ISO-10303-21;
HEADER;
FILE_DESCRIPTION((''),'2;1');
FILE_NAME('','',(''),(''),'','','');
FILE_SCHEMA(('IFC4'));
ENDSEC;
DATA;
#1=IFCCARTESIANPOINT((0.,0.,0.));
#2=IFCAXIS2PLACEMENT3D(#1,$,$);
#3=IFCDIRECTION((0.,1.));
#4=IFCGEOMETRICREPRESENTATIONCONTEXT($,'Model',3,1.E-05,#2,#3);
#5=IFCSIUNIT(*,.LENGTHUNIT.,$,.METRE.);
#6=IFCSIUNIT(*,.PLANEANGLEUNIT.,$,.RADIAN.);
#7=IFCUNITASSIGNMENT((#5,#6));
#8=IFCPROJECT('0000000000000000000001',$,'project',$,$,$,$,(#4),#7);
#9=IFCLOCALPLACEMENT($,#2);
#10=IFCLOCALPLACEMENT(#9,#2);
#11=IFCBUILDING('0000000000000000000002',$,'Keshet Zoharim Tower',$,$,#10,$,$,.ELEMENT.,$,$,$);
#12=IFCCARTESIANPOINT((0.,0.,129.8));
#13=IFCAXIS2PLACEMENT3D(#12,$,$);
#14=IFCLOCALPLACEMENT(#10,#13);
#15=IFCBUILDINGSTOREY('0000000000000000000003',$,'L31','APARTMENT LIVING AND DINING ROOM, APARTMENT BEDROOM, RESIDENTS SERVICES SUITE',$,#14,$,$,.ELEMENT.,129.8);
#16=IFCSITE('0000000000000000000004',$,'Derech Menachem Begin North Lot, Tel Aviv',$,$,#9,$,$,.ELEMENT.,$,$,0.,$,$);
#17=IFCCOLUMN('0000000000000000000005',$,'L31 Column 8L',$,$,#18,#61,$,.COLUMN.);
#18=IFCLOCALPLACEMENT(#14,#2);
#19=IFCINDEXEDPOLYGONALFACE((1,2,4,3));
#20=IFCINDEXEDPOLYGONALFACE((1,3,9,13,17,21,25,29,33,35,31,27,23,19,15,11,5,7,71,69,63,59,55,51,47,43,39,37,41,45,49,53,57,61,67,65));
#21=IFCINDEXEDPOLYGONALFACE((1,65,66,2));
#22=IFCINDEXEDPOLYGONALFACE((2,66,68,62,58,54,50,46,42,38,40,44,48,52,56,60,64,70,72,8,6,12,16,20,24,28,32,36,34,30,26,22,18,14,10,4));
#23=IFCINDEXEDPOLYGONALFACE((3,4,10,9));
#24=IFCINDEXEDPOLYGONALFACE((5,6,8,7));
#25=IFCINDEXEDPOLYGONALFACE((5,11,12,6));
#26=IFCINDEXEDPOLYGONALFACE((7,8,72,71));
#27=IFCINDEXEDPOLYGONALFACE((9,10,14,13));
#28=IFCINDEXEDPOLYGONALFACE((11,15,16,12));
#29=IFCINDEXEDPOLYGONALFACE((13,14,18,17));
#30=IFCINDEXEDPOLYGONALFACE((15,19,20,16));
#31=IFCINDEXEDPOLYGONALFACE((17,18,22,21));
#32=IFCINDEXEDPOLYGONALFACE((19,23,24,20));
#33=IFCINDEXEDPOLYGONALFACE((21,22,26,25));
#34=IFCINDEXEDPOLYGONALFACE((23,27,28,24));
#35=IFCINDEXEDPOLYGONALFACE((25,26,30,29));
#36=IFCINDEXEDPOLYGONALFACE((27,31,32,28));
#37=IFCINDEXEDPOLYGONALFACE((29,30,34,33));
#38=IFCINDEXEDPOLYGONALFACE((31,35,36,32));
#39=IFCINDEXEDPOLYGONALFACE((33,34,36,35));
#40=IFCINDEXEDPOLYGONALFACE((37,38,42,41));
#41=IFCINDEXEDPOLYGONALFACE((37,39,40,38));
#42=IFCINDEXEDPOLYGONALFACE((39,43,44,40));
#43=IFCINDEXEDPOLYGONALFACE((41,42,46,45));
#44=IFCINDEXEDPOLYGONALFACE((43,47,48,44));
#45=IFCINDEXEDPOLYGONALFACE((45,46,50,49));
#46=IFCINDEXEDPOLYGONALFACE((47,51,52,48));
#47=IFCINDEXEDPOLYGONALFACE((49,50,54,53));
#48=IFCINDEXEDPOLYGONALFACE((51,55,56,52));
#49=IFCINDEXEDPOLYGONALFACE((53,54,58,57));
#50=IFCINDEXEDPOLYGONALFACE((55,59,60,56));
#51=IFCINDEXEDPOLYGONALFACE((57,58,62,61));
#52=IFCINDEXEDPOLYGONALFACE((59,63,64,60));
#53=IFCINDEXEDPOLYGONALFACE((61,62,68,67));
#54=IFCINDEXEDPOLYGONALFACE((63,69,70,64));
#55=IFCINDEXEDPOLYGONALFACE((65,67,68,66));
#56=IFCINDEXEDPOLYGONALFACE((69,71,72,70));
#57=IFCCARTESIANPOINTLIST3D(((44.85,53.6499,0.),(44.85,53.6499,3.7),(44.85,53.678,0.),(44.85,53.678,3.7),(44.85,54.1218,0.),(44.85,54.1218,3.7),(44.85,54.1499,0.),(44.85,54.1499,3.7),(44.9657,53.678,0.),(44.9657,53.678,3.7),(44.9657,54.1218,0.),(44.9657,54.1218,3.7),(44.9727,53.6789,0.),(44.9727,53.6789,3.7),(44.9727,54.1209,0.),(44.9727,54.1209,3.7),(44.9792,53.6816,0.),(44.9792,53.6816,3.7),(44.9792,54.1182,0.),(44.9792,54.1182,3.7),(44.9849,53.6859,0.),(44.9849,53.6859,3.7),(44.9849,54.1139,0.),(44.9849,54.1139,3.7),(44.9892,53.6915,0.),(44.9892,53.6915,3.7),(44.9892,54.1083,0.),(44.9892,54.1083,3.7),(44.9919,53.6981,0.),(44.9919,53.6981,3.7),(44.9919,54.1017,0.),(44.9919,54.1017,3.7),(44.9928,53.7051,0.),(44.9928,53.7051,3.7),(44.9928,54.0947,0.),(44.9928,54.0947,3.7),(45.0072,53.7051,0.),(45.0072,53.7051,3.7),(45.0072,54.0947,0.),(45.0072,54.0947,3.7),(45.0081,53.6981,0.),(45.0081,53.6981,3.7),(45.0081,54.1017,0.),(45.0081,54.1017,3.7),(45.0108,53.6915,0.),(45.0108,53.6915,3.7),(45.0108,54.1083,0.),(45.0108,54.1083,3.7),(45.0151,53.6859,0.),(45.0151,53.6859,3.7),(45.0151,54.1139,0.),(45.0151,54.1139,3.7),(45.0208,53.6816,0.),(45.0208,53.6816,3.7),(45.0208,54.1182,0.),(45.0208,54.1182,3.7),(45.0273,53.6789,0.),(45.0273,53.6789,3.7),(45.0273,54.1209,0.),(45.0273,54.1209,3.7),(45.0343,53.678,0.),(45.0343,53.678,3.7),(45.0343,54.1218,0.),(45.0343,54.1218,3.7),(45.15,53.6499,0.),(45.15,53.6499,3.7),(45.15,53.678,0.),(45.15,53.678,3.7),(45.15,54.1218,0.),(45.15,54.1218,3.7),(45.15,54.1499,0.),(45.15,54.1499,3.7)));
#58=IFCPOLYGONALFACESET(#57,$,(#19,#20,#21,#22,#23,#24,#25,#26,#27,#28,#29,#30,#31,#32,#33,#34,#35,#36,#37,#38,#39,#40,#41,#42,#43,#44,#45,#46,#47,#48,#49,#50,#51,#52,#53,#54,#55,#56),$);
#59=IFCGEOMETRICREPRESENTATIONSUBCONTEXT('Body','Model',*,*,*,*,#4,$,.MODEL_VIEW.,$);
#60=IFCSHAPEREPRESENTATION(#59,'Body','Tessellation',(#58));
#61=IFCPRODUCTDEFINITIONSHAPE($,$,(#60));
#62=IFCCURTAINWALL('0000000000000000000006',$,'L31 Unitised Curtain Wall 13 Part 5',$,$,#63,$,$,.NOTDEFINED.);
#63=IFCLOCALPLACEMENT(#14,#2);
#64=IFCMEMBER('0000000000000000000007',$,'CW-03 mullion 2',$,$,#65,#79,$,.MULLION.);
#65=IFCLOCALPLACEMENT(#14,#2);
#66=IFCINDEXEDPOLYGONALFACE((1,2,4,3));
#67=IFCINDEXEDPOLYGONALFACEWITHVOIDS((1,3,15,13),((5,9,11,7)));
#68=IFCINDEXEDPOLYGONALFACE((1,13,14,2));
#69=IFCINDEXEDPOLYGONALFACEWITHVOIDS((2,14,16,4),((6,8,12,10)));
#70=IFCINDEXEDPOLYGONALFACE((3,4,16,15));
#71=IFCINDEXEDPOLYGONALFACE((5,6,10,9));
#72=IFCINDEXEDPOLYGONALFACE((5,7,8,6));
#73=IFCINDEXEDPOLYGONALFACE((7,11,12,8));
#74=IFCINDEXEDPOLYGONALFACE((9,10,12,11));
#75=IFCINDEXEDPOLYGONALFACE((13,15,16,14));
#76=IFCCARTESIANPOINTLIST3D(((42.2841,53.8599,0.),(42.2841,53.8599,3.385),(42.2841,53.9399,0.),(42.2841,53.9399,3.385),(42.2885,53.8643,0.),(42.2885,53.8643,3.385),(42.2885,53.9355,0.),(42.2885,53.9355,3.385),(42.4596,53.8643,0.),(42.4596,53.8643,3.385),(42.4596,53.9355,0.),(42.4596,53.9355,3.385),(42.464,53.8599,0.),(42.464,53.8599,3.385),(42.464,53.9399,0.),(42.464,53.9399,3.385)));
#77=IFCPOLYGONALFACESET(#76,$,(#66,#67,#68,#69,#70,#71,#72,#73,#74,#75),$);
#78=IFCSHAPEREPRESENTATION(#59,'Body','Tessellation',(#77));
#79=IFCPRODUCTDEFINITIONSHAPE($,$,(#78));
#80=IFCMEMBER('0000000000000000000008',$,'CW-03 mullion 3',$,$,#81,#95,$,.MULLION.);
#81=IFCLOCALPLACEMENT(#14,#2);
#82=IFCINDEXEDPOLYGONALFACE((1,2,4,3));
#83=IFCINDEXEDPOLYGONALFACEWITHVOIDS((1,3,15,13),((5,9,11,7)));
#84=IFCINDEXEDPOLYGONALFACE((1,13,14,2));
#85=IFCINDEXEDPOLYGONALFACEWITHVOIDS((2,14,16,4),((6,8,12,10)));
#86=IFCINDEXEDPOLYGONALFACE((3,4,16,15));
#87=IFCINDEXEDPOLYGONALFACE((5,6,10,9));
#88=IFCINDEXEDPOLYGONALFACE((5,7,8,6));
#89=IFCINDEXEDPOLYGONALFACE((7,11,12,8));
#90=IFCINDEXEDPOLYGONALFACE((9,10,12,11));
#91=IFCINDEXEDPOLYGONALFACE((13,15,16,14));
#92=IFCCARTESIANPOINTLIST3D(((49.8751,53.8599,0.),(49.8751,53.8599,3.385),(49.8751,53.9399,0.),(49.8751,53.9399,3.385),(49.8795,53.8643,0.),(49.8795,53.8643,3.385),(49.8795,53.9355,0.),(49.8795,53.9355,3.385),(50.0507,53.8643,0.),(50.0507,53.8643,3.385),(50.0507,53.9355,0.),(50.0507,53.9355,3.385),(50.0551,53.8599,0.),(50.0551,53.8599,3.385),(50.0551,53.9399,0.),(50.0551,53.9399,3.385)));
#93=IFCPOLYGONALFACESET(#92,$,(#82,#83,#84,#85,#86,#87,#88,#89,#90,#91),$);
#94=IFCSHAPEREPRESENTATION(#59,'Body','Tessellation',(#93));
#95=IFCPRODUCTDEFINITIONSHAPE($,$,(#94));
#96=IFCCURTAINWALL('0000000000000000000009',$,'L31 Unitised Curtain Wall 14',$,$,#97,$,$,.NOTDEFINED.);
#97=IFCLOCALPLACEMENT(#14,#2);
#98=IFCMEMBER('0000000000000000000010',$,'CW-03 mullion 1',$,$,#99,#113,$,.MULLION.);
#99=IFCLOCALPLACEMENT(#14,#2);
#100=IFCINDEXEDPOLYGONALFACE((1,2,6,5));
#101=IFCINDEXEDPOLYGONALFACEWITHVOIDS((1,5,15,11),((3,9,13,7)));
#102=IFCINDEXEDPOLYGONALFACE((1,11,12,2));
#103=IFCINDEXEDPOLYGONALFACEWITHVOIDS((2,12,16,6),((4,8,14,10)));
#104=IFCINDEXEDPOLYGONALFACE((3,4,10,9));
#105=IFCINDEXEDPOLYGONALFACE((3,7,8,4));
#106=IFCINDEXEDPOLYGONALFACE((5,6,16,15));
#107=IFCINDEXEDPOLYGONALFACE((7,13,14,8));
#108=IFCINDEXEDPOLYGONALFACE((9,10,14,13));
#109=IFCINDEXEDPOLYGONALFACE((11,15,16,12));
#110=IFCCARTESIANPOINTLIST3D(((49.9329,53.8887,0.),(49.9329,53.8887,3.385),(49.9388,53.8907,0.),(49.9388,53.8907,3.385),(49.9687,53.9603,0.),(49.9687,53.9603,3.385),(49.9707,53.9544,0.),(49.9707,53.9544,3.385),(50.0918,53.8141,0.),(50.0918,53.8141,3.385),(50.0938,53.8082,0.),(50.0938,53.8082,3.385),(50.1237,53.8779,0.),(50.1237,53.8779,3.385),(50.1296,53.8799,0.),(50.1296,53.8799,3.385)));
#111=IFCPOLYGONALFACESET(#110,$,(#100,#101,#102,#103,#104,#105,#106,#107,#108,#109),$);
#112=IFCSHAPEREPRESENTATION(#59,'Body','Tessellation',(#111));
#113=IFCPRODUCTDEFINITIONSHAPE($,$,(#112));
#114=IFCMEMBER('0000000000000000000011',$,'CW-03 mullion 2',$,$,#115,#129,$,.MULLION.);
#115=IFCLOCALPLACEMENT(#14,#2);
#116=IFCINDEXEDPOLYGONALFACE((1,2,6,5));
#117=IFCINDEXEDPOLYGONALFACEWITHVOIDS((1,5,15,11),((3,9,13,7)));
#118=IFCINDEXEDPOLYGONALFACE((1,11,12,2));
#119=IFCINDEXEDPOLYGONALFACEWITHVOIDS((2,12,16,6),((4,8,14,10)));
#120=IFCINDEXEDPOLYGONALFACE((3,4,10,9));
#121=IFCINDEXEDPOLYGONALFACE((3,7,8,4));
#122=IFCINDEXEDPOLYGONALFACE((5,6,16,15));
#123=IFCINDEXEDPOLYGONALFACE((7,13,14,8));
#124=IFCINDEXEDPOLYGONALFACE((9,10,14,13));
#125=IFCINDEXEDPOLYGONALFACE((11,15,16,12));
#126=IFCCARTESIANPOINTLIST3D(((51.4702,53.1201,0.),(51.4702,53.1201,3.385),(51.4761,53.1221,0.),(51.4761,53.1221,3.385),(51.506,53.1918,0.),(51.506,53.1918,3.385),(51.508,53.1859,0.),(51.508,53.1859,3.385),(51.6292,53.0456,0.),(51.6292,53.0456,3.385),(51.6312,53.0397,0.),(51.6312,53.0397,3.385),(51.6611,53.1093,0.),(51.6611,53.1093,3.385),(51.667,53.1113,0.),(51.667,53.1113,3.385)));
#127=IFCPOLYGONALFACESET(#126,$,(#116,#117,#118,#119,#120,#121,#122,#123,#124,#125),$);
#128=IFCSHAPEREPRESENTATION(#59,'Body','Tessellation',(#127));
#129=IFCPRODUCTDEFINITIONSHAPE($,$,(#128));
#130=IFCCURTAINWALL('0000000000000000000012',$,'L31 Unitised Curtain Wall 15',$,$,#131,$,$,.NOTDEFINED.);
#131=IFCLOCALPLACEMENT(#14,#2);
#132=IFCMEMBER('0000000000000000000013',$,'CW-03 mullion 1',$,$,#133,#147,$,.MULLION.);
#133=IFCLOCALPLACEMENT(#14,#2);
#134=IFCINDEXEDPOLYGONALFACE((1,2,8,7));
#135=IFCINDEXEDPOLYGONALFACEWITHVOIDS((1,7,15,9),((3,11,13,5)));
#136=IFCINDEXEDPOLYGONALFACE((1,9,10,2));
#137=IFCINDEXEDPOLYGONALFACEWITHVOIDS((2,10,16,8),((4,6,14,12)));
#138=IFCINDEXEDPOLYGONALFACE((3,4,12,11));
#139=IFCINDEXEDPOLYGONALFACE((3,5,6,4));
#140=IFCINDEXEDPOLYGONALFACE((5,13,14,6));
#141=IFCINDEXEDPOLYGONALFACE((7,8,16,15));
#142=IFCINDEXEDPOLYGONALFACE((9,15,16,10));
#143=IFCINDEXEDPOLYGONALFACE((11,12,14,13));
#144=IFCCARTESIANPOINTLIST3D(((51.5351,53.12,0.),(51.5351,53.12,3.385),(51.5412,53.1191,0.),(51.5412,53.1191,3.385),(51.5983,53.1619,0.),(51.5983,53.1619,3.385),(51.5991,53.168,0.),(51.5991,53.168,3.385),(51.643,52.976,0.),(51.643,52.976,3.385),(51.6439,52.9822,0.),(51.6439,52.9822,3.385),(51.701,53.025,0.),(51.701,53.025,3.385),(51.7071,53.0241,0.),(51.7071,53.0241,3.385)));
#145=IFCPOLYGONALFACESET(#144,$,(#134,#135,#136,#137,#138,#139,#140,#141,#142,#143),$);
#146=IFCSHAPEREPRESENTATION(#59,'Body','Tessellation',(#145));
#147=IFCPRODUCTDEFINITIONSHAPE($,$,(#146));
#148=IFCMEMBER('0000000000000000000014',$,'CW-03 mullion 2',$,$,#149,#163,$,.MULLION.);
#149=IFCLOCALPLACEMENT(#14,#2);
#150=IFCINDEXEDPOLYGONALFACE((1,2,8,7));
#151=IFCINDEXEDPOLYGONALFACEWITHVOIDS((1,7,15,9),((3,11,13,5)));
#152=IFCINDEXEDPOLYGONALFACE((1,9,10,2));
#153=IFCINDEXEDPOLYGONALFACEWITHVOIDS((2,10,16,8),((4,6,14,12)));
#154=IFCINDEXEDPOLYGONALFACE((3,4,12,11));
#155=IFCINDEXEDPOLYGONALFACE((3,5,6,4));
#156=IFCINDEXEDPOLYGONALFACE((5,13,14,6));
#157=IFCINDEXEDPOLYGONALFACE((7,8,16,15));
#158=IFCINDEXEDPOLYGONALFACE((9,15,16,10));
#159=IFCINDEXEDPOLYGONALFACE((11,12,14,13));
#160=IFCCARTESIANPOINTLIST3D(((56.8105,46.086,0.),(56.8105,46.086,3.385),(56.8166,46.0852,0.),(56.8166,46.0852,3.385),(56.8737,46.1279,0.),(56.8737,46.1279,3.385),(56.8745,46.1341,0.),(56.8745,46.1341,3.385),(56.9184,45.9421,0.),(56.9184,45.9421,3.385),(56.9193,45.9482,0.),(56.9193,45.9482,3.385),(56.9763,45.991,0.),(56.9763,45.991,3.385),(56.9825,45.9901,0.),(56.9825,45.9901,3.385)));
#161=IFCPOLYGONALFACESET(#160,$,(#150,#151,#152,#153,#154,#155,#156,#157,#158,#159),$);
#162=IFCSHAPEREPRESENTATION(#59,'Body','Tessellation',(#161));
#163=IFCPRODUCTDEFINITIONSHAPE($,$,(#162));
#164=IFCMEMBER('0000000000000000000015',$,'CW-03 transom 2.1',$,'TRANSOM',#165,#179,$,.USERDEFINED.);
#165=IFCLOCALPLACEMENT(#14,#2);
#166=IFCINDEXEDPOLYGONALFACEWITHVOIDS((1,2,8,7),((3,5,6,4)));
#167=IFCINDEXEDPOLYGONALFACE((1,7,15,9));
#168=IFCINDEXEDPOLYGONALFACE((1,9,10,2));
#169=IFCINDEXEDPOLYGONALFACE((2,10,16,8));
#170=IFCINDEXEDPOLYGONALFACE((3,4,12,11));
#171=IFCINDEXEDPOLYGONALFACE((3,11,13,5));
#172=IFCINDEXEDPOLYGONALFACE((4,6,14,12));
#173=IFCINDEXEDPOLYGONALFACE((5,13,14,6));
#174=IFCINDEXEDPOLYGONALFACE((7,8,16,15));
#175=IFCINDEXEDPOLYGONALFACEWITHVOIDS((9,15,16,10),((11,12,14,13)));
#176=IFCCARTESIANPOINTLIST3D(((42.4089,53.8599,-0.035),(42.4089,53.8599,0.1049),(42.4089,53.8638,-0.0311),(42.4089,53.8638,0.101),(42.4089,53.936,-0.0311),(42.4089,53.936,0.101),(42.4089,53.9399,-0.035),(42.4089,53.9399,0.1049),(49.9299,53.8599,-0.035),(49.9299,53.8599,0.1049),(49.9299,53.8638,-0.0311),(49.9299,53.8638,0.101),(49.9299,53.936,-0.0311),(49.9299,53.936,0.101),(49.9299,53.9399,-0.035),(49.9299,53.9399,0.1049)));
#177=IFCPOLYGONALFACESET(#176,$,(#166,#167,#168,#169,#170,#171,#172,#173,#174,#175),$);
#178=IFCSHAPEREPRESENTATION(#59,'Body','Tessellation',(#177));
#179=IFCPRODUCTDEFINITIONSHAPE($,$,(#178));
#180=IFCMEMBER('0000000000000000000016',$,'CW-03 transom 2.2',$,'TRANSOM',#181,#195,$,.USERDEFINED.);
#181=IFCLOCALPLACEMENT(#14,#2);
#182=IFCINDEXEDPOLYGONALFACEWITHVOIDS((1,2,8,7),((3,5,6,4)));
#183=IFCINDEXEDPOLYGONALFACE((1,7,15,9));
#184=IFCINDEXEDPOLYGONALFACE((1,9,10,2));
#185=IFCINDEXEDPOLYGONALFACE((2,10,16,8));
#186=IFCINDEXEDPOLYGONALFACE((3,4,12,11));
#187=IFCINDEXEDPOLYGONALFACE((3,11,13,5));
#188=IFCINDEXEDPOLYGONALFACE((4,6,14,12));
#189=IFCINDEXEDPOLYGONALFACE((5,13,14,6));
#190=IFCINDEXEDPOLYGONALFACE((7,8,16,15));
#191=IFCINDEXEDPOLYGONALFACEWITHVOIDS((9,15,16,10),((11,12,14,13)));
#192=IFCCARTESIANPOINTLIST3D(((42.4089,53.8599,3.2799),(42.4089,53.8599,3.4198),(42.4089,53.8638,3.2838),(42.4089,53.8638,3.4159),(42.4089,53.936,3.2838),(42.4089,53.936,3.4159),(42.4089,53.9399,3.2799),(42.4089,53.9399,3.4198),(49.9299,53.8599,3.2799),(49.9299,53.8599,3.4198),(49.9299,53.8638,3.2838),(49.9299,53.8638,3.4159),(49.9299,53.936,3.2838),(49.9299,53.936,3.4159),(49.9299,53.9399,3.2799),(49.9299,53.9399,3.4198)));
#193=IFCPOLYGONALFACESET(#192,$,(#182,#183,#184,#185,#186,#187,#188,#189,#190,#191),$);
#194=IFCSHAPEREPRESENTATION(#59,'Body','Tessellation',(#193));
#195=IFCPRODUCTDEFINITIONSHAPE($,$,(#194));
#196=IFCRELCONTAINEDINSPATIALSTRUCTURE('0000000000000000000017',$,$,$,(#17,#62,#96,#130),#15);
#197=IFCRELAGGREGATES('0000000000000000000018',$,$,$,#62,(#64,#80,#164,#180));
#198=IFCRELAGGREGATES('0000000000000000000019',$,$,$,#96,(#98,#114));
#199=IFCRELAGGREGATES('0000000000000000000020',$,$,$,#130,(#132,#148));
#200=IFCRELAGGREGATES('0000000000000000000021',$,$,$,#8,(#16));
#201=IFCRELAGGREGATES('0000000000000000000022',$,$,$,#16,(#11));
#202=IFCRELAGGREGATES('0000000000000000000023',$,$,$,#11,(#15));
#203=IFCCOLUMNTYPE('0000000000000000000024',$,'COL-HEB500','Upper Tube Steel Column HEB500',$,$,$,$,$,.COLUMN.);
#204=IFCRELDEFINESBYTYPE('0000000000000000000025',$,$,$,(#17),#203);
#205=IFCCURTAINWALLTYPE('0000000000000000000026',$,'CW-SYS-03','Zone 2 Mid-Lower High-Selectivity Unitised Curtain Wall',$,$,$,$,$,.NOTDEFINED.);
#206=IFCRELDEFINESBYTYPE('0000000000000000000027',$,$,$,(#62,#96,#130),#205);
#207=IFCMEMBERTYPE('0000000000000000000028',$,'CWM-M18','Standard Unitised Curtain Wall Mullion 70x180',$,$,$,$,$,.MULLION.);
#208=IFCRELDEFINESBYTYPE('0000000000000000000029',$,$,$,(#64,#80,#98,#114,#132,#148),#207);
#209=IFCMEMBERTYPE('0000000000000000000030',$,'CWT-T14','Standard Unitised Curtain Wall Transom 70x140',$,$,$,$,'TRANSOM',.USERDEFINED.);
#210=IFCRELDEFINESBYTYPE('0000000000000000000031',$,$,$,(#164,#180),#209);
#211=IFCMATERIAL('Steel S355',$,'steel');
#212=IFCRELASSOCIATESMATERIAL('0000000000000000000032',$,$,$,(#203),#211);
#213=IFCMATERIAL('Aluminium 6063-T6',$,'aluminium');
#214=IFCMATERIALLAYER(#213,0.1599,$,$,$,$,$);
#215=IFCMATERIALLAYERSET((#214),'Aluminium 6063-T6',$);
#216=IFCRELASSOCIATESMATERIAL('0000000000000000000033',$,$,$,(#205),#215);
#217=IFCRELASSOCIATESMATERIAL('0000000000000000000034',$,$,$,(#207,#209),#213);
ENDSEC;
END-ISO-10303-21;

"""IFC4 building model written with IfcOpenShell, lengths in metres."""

from ifc_helpers import new_model, si_unit, direction, frame, origin, origin_2d, place, context, subcontext, project, spatial, hollow_rectangle, i_section, extrude, material, layer, layer_set, material_profile, profile_set, type_object, element, aggregate, save


model = new_model("IFC4")

# Units and contexts
model_context = context("Model", 3, precision=1e-05, world=origin(), true_north=direction((0.0, 1.0)))
body_context = subcontext(model_context, "Body", "Model", "MODEL_VIEW")
ifc_project = project(units=[si_unit("LENGTHUNIT", "METRE"), si_unit("PLANEANGLEUNIT", "RADIAN")], contexts=[model_context])

# Site, building, storey
site_placement = place(None, origin())
site = spatial("IfcSite", under=ifc_project, at=site_placement, Name="Derech Menachem Begin North Lot, Tel Aviv", CompositionType="ELEMENT", RefElevation=0.0)
building_placement = place(site_placement, origin())
building = spatial("IfcBuilding", under=site, at=building_placement, Name="Keshet Zoharim Tower", CompositionType="ELEMENT")
storey_placement = place(building_placement, frame((0.0, 0.0, 129.8)))
storey = spatial("IfcBuildingStorey", under=building, at=storey_placement, Name="L31", Description="APARTMENT LIVING AND DINING ROOM, APARTMENT BEDROOM, RESIDENTS SERVICES SUITE", CompositionType="ELEMENT", Elevation=129.8)

# Column
ifc_material_1 = material(Name="Steel S355", Category="steel")
ifc_material_profile_1 = material_profile(ifc_material_1, i_section(OverallWidth=0.3, OverallDepth=0.5, WebThickness=0.0144, FlangeThickness=0.0281, FilletRadius=0.0271, at=origin_2d()), Name="HEB500")
ifc_profile_set_1 = profile_set([ifc_material_profile_1], Name="Steel S355")
column_type = type_object("IfcColumnType", Name="COL-HEB500", Description="Upper Tube Steel Column HEB500", PredefinedType="COLUMN", material=ifc_profile_set_1)
column_placement = place(storey_placement, frame((45.0, 53.8999, 0.0), z_axis=(0.0, 0.0, 1.0), x_axis=(1.0, 0.0, 0.0)))
element("IfcColumn", 1, at=column_placement, inside=storey, type_object=column_type, Name="L31 Column 8L", PredefinedType="COLUMN", context=body_context, shape_type="SweptSolid", body=[
    extrude(i_section(OverallWidth=0.3, OverallDepth=0.5, WebThickness=0.0144, FlangeThickness=0.0281, FilletRadius=0.0271, at=origin_2d()), origin(), (0.0, 0.0, 1.0), 3.7),
])

# Curtain walls, members
ifc_material_2 = material(Name="Aluminium 6063-T6", Category="aluminium")
ifc_layer_1 = layer(ifc_material_2, 0.1599)
ifc_layer_set_1 = layer_set([ifc_layer_1], Name="Aluminium 6063-T6")
curtain_wall_type = type_object("IfcCurtainWallType", Name="CW-SYS-03", Description="Zone 2 Mid-Lower High-Selectivity Unitised Curtain Wall", PredefinedType="NOTDEFINED", material=ifc_layer_set_1)
curtain_wall_1_placement = place(storey_placement, origin())
curtain_wall_1 = element("IfcCurtainWall", 2, at=curtain_wall_1_placement, inside=storey, type_object=curtain_wall_type, Name="L31 Unitised Curtain Wall 13 Part 5", PredefinedType="NOTDEFINED")
ifc_material_profile_2 = material_profile(ifc_material_2, hollow_rectangle(XDim=0.0801, YDim=0.1799, WallThickness=0.0044, at=origin_2d()), Name="MUL-80x180")
ifc_profile_set_2 = profile_set([ifc_material_profile_2], Name="Aluminium 6063-T6")
member_type_1 = type_object("IfcMemberType", Name="CWM-M18", Description="Standard Unitised Curtain Wall Mullion 70x180", PredefinedType="MULLION", material=ifc_profile_set_2)
member_1_placement = place(storey_placement, frame((42.374, 53.8999, 0.0), z_axis=(0.0, 0.0, 1.0), x_axis=(0.0, 1.0, 0.0)))
member_1 = element("IfcMember", 3, at=member_1_placement, type_object=member_type_1, Name="CW-03 mullion 2", PredefinedType="MULLION", context=body_context, shape_type="SweptSolid", body=[
    extrude(hollow_rectangle(XDim=0.0801, YDim=0.1799, WallThickness=0.0044, at=origin_2d()), origin(), (0.0, 0.0, 1.0), 3.385),
])
member_2_placement = place(storey_placement, frame((49.9651, 53.8999, 0.0), z_axis=(0.0, 0.0, 1.0), x_axis=(0.0, 1.0, 0.0)))
member_2 = element("IfcMember", 4, at=member_2_placement, type_object=member_type_1, Name="CW-03 mullion 3", PredefinedType="MULLION", context=body_context, shape_type="SweptSolid", body=[
    extrude(hollow_rectangle(XDim=0.0801, YDim=0.1799, WallThickness=0.0044, at=origin_2d()), origin(), (0.0, 0.0, 1.0), 3.385),
])
curtain_wall_2_placement = place(storey_placement, origin())
curtain_wall_2 = element("IfcCurtainWall", 5, at=curtain_wall_2_placement, inside=storey, type_object=curtain_wall_type, Name="L31 Unitised Curtain Wall 14", PredefinedType="NOTDEFINED")
member_3_placement = place(storey_placement, frame((50.0312, 53.8843, 0.0), z_axis=(0.0, 0.0, 1.0), x_axis=(0.447214, 0.894427, 0.0)))
member_3 = element("IfcMember", 6, at=member_3_placement, type_object=member_type_1, Name="CW-03 mullion 1", PredefinedType="MULLION", context=body_context, shape_type="SweptSolid", body=[
    extrude(hollow_rectangle(XDim=0.0801, YDim=0.1799, WallThickness=0.0044, at=origin_2d()), origin(), (0.0, 0.0, 1.0), 3.385),
])
member_4_placement = place(storey_placement, frame((51.5686, 53.1157, 0.0), z_axis=(0.0, 0.0, 1.0), x_axis=(0.447214, 0.894427, 0.0)))
member_4 = element("IfcMember", 7, at=member_4_placement, type_object=member_type_1, Name="CW-03 mullion 2", PredefinedType="MULLION", context=body_context, shape_type="SweptSolid", body=[
    extrude(hollow_rectangle(XDim=0.0801, YDim=0.1799, WallThickness=0.0044, at=origin_2d()), origin(), (0.0, 0.0, 1.0), 3.385),
])
curtain_wall_3_placement = place(storey_placement, origin())
curtain_wall_3 = element("IfcCurtainWall", 8, at=curtain_wall_3_placement, inside=storey, type_object=curtain_wall_type, Name="L31 Unitised Curtain Wall 15", PredefinedType="NOTDEFINED")
member_5_placement = place(storey_placement, frame((51.6211, 53.072, 0.0), z_axis=(0.0, 0.0, 1.0), x_axis=(0.8, 0.6, 0.0)))
member_5 = element("IfcMember", 9, at=member_5_placement, type_object=member_type_1, Name="CW-03 mullion 1", PredefinedType="MULLION", context=body_context, shape_type="SweptSolid", body=[
    extrude(hollow_rectangle(XDim=0.0801, YDim=0.1799, WallThickness=0.0044, at=origin_2d()), origin(), (0.0, 0.0, 1.0), 3.385),
])
member_6_placement = place(storey_placement, frame((56.8965, 46.0381, 0.0), z_axis=(0.0, 0.0, 1.0), x_axis=(0.8, 0.6, 0.0)))
member_6 = element("IfcMember", 10, at=member_6_placement, type_object=member_type_1, Name="CW-03 mullion 2", PredefinedType="MULLION", context=body_context, shape_type="SweptSolid", body=[
    extrude(hollow_rectangle(XDim=0.0801, YDim=0.1799, WallThickness=0.0044, at=origin_2d()), origin(), (0.0, 0.0, 1.0), 3.385),
])

# Members
ifc_material_profile_3 = material_profile(ifc_material_2, hollow_rectangle(XDim=0.0801, YDim=0.1399, WallThickness=0.0039, at=origin_2d()), Name="TRN-80x140")
ifc_profile_set_3 = profile_set([ifc_material_profile_3], Name="Aluminium 6063-T6")
member_type_2 = type_object("IfcMemberType", Name="CWT-T14", Description="Standard Unitised Curtain Wall Transom 70x140", ElementType="TRANSOM", PredefinedType="USERDEFINED", material=ifc_profile_set_3)
member_7_placement = place(storey_placement, frame((42.4089, 53.8999, 0.0349), z_axis=(1.0, 0.0, 0.0), x_axis=(0.0, 1.0, 0.0)))
member_7 = element("IfcMember", 11, at=member_7_placement, type_object=member_type_2, Name="CW-03 transom 2.1", ObjectType="TRANSOM", PredefinedType="USERDEFINED", context=body_context, shape_type="SweptSolid", body=[
    extrude(hollow_rectangle(XDim=0.0801, YDim=0.1399, WallThickness=0.0039, at=origin_2d()), origin(), (0.0, 0.0, 1.0), 7.521),
])
member_8_placement = place(storey_placement, frame((42.4089, 53.8999, 3.3499), z_axis=(1.0, 0.0, 0.0), x_axis=(0.0, 1.0, 0.0)))
member_8 = element("IfcMember", 12, at=member_8_placement, type_object=member_type_2, Name="CW-03 transom 2.2", ObjectType="TRANSOM", PredefinedType="USERDEFINED", context=body_context, shape_type="SweptSolid", body=[
    extrude(hollow_rectangle(XDim=0.0801, YDim=0.1399, WallThickness=0.0039, at=origin_2d()), origin(), (0.0, 0.0, 1.0), 7.521),
])

aggregate(curtain_wall_1, [member_1, member_2, member_7, member_8])
aggregate(curtain_wall_2, [member_3, member_4])
aggregate(curtain_wall_3, [member_5, member_6])

save(model, "model.ifc")
